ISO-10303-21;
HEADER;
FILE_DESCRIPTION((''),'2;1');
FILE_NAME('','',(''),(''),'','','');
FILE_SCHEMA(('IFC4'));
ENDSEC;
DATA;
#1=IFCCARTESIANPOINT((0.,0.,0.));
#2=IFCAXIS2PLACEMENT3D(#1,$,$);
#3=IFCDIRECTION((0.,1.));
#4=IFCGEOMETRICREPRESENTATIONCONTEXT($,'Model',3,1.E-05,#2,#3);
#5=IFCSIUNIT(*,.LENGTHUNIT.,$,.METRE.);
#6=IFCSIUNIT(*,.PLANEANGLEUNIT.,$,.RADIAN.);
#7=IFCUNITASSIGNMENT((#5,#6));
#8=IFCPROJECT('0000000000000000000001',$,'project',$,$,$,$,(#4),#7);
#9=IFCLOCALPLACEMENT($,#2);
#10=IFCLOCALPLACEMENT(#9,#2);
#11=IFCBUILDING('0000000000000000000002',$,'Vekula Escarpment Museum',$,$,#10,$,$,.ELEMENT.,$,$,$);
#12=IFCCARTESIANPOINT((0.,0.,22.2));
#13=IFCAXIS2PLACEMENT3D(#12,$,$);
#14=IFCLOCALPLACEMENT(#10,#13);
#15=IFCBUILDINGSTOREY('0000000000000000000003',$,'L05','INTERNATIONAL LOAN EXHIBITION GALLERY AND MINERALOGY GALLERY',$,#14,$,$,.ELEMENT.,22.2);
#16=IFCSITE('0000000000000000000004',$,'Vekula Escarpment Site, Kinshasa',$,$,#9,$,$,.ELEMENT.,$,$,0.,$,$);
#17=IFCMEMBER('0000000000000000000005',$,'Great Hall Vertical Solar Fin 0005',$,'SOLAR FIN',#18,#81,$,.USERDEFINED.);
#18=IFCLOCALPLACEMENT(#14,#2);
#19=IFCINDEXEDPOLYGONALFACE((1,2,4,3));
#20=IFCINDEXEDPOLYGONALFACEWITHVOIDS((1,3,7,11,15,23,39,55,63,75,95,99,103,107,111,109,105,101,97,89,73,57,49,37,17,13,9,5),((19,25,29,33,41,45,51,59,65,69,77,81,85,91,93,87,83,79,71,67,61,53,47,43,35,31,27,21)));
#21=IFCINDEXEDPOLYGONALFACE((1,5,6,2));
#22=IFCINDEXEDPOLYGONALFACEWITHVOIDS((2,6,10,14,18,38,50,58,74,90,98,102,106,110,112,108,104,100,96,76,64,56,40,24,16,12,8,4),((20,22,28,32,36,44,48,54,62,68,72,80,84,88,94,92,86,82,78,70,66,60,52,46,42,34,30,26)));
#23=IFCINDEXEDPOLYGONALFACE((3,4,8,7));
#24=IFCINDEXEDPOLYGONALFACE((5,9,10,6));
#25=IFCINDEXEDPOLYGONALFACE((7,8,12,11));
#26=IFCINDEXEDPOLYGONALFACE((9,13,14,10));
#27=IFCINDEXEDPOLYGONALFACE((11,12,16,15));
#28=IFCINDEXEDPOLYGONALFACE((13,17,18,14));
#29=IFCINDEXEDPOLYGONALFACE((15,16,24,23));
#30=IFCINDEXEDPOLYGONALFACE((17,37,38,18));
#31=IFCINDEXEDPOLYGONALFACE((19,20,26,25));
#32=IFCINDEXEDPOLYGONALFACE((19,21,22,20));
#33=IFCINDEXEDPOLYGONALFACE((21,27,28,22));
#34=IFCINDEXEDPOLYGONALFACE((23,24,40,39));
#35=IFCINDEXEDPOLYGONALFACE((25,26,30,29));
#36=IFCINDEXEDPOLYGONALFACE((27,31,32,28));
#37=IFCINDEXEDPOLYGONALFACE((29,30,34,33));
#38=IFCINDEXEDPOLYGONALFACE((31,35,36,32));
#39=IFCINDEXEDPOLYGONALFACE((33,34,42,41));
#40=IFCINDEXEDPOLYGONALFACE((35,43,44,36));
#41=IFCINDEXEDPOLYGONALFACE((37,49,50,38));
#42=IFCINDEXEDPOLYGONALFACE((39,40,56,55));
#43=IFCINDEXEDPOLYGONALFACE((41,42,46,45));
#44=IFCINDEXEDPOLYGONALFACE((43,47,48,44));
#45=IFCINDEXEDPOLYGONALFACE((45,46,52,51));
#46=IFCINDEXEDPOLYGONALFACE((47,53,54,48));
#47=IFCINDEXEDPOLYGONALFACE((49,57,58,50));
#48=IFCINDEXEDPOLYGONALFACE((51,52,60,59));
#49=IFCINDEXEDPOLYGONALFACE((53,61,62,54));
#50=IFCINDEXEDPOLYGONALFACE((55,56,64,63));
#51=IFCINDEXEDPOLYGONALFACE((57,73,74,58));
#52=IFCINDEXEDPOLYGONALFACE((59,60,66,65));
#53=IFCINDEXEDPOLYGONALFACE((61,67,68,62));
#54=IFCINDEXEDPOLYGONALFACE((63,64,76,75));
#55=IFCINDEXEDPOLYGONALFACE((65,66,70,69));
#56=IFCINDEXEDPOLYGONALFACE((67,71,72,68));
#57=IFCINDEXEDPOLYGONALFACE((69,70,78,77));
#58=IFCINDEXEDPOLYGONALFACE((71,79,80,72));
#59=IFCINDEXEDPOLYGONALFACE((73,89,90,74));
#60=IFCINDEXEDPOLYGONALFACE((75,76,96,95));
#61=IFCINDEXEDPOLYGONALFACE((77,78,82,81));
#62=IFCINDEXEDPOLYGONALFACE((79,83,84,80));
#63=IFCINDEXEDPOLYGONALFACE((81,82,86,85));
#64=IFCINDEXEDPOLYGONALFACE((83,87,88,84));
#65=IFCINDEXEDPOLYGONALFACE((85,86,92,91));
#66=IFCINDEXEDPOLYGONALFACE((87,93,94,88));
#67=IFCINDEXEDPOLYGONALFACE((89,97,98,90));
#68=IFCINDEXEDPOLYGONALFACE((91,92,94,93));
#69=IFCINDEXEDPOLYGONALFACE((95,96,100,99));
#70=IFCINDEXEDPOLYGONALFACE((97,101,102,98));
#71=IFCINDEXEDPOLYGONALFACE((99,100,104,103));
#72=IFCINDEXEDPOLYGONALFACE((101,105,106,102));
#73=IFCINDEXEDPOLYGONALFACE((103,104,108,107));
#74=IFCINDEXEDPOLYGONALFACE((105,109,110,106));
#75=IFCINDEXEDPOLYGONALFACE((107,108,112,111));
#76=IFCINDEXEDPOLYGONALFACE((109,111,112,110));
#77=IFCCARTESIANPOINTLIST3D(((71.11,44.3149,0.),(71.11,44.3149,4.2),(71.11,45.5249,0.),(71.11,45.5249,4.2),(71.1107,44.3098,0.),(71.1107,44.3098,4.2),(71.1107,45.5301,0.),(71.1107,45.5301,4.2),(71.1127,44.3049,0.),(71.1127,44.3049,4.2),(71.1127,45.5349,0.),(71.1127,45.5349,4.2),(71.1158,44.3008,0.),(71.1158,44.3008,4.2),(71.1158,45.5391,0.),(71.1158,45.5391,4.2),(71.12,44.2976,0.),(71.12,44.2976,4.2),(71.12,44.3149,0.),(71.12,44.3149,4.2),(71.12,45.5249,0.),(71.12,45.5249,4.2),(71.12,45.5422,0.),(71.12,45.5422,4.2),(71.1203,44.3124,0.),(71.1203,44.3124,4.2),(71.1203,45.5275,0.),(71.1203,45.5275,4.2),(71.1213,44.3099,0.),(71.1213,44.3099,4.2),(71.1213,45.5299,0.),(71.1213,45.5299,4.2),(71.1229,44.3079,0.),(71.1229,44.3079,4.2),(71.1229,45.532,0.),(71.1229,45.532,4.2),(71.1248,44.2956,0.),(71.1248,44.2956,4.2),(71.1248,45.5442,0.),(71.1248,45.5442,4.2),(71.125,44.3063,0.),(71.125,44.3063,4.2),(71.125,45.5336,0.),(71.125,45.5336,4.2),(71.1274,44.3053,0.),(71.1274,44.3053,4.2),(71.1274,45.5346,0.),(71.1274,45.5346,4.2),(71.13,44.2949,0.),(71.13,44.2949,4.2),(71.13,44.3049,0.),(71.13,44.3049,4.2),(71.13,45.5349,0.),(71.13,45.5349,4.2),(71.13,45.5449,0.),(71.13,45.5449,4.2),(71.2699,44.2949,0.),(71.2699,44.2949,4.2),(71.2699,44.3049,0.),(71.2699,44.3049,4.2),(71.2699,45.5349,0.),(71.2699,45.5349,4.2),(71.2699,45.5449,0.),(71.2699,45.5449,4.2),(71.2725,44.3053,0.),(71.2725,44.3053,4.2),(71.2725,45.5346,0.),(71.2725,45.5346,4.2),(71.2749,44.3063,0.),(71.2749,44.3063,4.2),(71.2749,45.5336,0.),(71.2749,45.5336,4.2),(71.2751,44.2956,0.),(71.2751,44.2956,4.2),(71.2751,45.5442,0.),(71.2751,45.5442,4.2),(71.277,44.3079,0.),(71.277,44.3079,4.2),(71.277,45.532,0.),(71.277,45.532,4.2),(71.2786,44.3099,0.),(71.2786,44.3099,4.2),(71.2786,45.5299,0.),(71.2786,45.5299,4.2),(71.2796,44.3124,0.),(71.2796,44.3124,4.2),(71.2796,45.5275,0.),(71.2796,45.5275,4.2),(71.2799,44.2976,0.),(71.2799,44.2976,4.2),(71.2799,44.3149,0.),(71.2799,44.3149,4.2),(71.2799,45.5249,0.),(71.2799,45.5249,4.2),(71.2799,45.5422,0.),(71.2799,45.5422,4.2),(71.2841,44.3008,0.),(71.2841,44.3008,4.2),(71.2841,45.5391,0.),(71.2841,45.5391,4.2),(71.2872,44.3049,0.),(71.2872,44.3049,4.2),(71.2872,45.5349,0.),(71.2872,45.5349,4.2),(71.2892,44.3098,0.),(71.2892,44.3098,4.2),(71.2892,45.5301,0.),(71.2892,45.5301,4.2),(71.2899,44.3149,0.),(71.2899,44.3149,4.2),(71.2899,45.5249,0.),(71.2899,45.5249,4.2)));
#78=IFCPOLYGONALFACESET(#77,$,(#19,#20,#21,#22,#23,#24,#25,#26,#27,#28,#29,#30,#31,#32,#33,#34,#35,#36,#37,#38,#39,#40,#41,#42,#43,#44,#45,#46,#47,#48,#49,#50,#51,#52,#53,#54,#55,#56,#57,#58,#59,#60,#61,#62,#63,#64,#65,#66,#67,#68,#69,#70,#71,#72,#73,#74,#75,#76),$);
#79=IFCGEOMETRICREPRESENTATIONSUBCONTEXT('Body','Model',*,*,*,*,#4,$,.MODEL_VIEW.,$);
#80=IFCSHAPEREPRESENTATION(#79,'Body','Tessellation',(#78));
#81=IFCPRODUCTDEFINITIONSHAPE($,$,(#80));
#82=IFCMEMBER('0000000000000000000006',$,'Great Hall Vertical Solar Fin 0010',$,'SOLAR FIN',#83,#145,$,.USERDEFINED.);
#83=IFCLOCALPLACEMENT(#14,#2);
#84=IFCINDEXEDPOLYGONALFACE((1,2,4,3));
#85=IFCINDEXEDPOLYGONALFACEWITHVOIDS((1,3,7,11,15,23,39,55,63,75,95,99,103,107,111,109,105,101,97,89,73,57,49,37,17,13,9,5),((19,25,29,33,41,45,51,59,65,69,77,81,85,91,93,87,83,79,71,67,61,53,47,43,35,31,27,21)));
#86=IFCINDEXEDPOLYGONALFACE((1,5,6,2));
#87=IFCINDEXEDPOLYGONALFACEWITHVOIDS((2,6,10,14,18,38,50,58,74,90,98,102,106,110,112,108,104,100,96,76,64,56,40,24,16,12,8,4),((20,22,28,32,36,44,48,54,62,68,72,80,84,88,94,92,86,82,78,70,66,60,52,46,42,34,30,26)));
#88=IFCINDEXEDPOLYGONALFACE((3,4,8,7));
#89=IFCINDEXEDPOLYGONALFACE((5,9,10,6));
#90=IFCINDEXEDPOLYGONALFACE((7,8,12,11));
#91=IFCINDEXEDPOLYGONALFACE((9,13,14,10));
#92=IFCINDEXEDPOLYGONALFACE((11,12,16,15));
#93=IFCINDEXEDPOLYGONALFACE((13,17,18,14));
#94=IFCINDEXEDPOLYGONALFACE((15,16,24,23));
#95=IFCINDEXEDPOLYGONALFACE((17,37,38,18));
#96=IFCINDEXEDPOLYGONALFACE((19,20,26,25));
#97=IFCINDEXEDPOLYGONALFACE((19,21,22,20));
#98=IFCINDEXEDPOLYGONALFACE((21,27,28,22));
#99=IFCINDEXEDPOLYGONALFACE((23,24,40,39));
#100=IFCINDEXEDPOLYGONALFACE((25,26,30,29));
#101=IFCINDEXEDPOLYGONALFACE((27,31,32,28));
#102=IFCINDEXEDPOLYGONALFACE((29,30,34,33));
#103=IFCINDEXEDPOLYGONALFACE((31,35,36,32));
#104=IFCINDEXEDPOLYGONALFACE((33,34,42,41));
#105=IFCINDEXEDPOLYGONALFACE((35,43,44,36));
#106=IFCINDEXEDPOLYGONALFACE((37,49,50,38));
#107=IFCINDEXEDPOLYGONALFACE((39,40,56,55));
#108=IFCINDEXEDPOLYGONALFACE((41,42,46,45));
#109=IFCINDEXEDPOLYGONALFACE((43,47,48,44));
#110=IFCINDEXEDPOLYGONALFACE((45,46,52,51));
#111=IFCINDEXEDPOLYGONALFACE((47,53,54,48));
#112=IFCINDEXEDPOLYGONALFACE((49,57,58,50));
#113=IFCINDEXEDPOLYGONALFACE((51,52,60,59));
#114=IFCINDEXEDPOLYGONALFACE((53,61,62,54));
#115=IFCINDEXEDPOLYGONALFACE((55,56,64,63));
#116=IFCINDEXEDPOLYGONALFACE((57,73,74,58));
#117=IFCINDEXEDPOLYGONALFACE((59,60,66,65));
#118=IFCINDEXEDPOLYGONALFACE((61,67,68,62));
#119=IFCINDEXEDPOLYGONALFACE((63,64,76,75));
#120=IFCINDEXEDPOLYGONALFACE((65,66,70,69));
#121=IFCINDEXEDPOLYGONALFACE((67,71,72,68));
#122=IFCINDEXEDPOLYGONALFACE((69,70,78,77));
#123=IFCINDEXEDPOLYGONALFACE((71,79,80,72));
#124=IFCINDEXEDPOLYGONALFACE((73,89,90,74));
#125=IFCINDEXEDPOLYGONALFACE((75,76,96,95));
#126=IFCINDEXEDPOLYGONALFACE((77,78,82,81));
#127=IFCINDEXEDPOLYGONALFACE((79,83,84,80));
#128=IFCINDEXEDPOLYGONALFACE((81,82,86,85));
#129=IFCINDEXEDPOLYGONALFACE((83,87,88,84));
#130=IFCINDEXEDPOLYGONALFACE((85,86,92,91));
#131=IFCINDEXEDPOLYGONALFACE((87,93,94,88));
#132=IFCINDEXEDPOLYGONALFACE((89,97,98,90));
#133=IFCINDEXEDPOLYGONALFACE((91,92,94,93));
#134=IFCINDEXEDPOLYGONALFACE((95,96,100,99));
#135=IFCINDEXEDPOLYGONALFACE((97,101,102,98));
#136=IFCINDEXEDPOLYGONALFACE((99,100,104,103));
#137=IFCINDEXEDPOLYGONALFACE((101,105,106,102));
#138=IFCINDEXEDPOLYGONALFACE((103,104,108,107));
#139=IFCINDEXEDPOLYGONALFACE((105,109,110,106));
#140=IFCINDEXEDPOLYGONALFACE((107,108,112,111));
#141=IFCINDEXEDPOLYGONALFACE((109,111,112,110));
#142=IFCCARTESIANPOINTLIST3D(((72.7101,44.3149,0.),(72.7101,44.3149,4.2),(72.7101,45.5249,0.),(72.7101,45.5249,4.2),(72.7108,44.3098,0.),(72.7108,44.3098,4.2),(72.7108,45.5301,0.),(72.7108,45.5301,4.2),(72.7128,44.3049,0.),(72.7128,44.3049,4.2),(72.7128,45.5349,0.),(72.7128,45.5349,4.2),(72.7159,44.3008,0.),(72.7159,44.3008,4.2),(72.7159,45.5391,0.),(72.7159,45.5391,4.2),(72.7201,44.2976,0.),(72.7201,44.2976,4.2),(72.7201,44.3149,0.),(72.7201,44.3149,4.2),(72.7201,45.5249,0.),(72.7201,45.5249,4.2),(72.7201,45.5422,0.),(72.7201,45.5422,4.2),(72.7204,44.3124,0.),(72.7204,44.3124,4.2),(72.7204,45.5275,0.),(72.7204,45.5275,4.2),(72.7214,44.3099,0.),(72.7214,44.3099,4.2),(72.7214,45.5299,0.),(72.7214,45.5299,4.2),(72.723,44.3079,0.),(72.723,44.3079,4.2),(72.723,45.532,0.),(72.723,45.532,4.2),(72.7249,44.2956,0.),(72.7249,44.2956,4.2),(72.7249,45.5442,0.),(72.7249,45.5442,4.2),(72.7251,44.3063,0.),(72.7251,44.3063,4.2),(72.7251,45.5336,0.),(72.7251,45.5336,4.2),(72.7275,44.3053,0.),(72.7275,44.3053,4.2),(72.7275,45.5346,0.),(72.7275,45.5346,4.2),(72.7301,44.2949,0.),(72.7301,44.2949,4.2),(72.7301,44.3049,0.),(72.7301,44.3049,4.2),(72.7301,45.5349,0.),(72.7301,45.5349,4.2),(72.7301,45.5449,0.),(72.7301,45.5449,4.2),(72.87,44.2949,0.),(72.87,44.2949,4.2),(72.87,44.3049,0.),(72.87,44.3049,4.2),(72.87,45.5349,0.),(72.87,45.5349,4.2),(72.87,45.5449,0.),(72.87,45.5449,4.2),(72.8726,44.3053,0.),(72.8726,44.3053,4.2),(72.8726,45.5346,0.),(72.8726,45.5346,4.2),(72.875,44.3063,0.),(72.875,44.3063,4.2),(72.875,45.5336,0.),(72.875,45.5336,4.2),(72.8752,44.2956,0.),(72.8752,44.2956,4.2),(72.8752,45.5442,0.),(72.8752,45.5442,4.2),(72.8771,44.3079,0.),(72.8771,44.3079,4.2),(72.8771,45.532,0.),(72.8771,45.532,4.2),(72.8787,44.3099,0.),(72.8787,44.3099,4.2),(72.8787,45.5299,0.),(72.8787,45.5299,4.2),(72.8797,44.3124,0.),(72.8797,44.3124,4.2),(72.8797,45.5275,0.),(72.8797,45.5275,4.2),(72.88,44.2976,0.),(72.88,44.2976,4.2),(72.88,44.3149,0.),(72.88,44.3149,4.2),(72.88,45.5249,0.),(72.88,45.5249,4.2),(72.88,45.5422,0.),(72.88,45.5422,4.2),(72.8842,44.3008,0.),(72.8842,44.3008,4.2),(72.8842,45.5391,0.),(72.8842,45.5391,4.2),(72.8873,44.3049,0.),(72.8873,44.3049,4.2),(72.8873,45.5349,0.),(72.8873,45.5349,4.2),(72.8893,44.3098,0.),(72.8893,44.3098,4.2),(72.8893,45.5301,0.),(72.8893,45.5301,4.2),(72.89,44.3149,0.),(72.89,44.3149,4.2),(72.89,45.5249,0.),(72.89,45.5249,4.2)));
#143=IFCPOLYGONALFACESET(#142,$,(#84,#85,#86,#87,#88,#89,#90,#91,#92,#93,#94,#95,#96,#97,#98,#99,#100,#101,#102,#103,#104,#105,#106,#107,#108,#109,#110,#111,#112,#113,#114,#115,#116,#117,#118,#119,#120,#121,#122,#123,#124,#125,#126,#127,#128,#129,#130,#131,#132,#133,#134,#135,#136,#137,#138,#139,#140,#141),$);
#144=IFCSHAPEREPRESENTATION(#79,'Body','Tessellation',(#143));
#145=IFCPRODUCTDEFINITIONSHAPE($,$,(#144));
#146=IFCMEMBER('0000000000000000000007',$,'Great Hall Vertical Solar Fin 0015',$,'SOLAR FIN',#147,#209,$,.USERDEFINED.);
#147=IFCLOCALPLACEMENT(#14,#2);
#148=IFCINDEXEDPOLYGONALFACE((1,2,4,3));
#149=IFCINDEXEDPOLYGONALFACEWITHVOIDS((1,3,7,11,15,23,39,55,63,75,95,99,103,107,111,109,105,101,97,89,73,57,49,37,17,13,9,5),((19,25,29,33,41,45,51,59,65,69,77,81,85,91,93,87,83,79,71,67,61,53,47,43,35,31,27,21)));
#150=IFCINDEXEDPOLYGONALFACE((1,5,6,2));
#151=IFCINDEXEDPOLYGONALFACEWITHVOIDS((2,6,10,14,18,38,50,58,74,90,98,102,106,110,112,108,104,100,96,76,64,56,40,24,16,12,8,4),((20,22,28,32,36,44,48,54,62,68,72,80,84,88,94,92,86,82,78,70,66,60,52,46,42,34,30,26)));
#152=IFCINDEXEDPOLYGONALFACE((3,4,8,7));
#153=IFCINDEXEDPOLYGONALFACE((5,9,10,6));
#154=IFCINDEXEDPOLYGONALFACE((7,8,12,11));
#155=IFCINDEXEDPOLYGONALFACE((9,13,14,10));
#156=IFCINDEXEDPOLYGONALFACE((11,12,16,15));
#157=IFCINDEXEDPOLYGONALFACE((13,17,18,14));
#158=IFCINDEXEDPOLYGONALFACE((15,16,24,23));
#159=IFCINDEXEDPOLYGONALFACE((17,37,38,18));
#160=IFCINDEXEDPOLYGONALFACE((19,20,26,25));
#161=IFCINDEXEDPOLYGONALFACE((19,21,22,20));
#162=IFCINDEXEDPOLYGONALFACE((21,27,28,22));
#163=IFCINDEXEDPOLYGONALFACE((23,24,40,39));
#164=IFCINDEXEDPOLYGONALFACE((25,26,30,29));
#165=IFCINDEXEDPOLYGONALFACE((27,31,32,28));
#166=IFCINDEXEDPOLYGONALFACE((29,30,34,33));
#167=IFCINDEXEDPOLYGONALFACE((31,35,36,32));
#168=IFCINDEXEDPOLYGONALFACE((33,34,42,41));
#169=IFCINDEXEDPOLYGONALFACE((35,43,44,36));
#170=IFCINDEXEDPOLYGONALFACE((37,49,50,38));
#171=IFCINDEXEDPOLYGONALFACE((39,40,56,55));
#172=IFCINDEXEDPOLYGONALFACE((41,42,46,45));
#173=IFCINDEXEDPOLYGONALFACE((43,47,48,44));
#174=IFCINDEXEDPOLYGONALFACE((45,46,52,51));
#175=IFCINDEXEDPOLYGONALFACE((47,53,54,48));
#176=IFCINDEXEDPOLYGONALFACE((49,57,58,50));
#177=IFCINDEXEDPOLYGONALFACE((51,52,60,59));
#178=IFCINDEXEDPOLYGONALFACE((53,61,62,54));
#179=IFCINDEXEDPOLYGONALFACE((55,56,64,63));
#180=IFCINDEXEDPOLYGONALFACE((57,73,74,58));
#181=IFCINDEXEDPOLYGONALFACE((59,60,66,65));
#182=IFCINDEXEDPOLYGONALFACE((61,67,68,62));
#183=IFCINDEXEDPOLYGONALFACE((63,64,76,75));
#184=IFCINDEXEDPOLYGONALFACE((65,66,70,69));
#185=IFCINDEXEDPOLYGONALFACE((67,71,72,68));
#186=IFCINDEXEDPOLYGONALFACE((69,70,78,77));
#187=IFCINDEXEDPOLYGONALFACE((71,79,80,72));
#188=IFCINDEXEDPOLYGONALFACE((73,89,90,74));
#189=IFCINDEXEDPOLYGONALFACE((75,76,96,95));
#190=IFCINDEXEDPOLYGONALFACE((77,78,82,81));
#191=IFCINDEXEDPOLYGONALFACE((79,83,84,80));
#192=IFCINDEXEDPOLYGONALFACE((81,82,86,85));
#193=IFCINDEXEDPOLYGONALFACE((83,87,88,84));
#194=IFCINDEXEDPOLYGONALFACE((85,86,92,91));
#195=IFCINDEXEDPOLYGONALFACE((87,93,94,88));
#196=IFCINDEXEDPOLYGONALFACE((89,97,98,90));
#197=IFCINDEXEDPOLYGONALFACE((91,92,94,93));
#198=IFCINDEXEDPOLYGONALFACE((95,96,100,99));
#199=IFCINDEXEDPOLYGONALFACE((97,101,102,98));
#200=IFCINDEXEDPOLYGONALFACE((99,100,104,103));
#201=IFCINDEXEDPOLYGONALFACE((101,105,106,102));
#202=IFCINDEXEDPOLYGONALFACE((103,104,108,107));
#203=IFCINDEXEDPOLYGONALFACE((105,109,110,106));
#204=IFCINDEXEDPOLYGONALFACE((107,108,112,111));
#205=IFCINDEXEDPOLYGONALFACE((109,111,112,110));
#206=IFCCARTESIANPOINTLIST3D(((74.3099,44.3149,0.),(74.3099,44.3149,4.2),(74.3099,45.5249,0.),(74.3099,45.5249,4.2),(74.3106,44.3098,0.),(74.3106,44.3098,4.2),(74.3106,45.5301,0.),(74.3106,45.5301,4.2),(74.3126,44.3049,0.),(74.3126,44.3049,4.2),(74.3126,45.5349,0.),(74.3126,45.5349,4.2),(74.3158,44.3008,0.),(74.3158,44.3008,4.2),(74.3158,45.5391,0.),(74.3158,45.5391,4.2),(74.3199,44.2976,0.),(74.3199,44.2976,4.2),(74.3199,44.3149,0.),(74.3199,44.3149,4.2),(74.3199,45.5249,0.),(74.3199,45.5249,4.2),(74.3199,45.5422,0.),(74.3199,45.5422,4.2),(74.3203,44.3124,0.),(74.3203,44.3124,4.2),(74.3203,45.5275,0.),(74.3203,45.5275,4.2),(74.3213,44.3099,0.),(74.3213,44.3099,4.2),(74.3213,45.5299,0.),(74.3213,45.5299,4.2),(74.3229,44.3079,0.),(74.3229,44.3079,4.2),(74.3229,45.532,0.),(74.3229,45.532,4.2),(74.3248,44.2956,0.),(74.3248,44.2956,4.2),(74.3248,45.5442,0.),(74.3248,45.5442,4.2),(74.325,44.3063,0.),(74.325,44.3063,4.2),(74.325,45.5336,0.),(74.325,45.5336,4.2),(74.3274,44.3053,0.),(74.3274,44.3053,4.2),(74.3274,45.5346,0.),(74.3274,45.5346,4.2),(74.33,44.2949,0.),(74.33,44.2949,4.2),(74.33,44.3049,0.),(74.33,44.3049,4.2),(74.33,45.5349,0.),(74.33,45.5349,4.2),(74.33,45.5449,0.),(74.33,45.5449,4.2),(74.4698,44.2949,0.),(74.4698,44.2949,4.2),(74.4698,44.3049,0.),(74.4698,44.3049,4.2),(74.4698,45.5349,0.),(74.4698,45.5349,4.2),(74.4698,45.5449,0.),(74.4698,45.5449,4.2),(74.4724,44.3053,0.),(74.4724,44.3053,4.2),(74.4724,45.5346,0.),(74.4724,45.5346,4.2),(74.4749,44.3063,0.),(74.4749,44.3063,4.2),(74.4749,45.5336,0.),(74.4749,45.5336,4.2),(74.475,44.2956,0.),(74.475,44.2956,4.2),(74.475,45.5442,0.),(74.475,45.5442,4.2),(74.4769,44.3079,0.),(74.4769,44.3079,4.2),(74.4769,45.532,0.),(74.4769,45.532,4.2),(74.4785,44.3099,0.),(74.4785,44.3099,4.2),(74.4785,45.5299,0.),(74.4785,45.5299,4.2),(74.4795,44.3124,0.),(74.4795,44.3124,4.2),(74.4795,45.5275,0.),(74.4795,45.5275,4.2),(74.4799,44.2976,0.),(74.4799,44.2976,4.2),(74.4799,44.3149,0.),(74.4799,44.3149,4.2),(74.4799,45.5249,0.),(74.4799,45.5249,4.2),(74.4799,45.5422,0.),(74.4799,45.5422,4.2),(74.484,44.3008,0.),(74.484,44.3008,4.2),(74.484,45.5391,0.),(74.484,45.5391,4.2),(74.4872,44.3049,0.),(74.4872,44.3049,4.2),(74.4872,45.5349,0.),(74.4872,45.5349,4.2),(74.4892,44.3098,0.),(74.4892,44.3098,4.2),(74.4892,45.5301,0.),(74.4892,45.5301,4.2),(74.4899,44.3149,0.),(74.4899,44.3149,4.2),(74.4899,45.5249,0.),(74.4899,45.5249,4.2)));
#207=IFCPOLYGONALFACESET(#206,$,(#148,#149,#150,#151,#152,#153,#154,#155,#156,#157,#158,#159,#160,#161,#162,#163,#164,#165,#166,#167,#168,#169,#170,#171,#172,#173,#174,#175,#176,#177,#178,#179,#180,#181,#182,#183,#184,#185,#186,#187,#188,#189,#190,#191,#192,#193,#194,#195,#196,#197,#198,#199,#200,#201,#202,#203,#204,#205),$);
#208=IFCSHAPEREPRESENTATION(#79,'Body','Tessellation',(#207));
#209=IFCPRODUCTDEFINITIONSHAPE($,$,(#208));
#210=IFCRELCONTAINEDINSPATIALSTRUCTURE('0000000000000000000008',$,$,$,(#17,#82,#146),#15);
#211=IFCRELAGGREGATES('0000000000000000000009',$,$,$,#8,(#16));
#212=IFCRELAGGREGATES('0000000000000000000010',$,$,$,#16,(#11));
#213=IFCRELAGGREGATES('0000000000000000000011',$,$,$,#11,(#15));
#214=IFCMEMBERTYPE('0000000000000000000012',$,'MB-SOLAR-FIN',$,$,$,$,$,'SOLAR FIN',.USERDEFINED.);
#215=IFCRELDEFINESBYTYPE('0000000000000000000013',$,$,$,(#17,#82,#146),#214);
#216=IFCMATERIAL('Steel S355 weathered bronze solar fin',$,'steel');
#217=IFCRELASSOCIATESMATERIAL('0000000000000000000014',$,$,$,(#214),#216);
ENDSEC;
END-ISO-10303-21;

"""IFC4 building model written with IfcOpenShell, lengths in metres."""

from ifc_helpers import new_model, si_unit, direction, frame, origin, origin_2d, place, context, subcontext, project, spatial, hollow_rectangle, extrude, material, material_profile, profile_set, type_object, element, save


model = new_model("IFC4")

# Units and contexts
model_context = context("Model", 3, precision=1e-05, world=origin(), true_north=direction((0.0, 1.0)))
body_context = subcontext(model_context, "Body", "Model", "MODEL_VIEW")
ifc_project = project(units=[si_unit("LENGTHUNIT", "METRE"), si_unit("PLANEANGLEUNIT", "RADIAN")], contexts=[model_context])

# Site, building, storey
site_placement = place(None, origin())
site = spatial("IfcSite", under=ifc_project, at=site_placement, Name="Vekula Escarpment Site, Kinshasa", CompositionType="ELEMENT", RefElevation=0.0)
building_placement = place(site_placement, origin())
building = spatial("IfcBuilding", under=site, at=building_placement, Name="Vekula Escarpment Museum", CompositionType="ELEMENT")
storey_placement = place(building_placement, frame((0.0, 0.0, 22.2)))
storey = spatial("IfcBuildingStorey", under=building, at=storey_placement, Name="L05", Description="INTERNATIONAL LOAN EXHIBITION GALLERY AND MINERALOGY GALLERY", CompositionType="ELEMENT", Elevation=22.2)

# Members
ifc_material_1 = material(Name="Steel S355 weathered bronze solar fin", Category="steel")
ifc_material_profile_1 = material_profile(ifc_material_1, hollow_rectangle(XDim=0.1799, YDim=1.25, WallThickness=0.01, InnerFilletRadius=0.01, OuterFilletRadius=0.02, at=origin_2d()), Name="RHS 1250x180x10")
ifc_profile_set_1 = profile_set([ifc_material_profile_1], Name="Steel S355 weathered bronze solar fin")
member_type_1 = type_object("IfcMemberType", Name="MB-SOLAR-FIN", ElementType="SOLAR FIN", PredefinedType="USERDEFINED", material=ifc_profile_set_1)
for number, where, z_axis, x_axis, name in (
    (1, (71.2, 44.9199, 0.0), (0.0, 0.0, 1.0), (1.0, 0.0, 0.0), "Great Hall Vertical Solar Fin 0005"),
    (2, (72.8, 44.9199, 0.0), (0.0, 0.0, 1.0), (1.0, 0.0, 0.0), "Great Hall Vertical Solar Fin 0010"),
    (3, (74.3999, 44.9199, 0.0), (0.0, 0.0, 1.0), (1.0, 0.0, 0.0), "Great Hall Vertical Solar Fin 0015"),
):
    element("IfcMember", number, at=place(storey_placement, frame(where, z_axis=z_axis, x_axis=x_axis)), inside=storey, type_object=member_type_1, Name=name, ObjectType="SOLAR FIN", PredefinedType="USERDEFINED", context=body_context, shape_type="SweptSolid", body=[
        extrude(hollow_rectangle(XDim=0.1799, YDim=1.25, WallThickness=0.01, InnerFilletRadius=0.01, OuterFilletRadius=0.02, at=origin_2d()), origin(), (0.0, 0.0, 1.0), 4.2),
    ])

save(model, "model.ifc")
